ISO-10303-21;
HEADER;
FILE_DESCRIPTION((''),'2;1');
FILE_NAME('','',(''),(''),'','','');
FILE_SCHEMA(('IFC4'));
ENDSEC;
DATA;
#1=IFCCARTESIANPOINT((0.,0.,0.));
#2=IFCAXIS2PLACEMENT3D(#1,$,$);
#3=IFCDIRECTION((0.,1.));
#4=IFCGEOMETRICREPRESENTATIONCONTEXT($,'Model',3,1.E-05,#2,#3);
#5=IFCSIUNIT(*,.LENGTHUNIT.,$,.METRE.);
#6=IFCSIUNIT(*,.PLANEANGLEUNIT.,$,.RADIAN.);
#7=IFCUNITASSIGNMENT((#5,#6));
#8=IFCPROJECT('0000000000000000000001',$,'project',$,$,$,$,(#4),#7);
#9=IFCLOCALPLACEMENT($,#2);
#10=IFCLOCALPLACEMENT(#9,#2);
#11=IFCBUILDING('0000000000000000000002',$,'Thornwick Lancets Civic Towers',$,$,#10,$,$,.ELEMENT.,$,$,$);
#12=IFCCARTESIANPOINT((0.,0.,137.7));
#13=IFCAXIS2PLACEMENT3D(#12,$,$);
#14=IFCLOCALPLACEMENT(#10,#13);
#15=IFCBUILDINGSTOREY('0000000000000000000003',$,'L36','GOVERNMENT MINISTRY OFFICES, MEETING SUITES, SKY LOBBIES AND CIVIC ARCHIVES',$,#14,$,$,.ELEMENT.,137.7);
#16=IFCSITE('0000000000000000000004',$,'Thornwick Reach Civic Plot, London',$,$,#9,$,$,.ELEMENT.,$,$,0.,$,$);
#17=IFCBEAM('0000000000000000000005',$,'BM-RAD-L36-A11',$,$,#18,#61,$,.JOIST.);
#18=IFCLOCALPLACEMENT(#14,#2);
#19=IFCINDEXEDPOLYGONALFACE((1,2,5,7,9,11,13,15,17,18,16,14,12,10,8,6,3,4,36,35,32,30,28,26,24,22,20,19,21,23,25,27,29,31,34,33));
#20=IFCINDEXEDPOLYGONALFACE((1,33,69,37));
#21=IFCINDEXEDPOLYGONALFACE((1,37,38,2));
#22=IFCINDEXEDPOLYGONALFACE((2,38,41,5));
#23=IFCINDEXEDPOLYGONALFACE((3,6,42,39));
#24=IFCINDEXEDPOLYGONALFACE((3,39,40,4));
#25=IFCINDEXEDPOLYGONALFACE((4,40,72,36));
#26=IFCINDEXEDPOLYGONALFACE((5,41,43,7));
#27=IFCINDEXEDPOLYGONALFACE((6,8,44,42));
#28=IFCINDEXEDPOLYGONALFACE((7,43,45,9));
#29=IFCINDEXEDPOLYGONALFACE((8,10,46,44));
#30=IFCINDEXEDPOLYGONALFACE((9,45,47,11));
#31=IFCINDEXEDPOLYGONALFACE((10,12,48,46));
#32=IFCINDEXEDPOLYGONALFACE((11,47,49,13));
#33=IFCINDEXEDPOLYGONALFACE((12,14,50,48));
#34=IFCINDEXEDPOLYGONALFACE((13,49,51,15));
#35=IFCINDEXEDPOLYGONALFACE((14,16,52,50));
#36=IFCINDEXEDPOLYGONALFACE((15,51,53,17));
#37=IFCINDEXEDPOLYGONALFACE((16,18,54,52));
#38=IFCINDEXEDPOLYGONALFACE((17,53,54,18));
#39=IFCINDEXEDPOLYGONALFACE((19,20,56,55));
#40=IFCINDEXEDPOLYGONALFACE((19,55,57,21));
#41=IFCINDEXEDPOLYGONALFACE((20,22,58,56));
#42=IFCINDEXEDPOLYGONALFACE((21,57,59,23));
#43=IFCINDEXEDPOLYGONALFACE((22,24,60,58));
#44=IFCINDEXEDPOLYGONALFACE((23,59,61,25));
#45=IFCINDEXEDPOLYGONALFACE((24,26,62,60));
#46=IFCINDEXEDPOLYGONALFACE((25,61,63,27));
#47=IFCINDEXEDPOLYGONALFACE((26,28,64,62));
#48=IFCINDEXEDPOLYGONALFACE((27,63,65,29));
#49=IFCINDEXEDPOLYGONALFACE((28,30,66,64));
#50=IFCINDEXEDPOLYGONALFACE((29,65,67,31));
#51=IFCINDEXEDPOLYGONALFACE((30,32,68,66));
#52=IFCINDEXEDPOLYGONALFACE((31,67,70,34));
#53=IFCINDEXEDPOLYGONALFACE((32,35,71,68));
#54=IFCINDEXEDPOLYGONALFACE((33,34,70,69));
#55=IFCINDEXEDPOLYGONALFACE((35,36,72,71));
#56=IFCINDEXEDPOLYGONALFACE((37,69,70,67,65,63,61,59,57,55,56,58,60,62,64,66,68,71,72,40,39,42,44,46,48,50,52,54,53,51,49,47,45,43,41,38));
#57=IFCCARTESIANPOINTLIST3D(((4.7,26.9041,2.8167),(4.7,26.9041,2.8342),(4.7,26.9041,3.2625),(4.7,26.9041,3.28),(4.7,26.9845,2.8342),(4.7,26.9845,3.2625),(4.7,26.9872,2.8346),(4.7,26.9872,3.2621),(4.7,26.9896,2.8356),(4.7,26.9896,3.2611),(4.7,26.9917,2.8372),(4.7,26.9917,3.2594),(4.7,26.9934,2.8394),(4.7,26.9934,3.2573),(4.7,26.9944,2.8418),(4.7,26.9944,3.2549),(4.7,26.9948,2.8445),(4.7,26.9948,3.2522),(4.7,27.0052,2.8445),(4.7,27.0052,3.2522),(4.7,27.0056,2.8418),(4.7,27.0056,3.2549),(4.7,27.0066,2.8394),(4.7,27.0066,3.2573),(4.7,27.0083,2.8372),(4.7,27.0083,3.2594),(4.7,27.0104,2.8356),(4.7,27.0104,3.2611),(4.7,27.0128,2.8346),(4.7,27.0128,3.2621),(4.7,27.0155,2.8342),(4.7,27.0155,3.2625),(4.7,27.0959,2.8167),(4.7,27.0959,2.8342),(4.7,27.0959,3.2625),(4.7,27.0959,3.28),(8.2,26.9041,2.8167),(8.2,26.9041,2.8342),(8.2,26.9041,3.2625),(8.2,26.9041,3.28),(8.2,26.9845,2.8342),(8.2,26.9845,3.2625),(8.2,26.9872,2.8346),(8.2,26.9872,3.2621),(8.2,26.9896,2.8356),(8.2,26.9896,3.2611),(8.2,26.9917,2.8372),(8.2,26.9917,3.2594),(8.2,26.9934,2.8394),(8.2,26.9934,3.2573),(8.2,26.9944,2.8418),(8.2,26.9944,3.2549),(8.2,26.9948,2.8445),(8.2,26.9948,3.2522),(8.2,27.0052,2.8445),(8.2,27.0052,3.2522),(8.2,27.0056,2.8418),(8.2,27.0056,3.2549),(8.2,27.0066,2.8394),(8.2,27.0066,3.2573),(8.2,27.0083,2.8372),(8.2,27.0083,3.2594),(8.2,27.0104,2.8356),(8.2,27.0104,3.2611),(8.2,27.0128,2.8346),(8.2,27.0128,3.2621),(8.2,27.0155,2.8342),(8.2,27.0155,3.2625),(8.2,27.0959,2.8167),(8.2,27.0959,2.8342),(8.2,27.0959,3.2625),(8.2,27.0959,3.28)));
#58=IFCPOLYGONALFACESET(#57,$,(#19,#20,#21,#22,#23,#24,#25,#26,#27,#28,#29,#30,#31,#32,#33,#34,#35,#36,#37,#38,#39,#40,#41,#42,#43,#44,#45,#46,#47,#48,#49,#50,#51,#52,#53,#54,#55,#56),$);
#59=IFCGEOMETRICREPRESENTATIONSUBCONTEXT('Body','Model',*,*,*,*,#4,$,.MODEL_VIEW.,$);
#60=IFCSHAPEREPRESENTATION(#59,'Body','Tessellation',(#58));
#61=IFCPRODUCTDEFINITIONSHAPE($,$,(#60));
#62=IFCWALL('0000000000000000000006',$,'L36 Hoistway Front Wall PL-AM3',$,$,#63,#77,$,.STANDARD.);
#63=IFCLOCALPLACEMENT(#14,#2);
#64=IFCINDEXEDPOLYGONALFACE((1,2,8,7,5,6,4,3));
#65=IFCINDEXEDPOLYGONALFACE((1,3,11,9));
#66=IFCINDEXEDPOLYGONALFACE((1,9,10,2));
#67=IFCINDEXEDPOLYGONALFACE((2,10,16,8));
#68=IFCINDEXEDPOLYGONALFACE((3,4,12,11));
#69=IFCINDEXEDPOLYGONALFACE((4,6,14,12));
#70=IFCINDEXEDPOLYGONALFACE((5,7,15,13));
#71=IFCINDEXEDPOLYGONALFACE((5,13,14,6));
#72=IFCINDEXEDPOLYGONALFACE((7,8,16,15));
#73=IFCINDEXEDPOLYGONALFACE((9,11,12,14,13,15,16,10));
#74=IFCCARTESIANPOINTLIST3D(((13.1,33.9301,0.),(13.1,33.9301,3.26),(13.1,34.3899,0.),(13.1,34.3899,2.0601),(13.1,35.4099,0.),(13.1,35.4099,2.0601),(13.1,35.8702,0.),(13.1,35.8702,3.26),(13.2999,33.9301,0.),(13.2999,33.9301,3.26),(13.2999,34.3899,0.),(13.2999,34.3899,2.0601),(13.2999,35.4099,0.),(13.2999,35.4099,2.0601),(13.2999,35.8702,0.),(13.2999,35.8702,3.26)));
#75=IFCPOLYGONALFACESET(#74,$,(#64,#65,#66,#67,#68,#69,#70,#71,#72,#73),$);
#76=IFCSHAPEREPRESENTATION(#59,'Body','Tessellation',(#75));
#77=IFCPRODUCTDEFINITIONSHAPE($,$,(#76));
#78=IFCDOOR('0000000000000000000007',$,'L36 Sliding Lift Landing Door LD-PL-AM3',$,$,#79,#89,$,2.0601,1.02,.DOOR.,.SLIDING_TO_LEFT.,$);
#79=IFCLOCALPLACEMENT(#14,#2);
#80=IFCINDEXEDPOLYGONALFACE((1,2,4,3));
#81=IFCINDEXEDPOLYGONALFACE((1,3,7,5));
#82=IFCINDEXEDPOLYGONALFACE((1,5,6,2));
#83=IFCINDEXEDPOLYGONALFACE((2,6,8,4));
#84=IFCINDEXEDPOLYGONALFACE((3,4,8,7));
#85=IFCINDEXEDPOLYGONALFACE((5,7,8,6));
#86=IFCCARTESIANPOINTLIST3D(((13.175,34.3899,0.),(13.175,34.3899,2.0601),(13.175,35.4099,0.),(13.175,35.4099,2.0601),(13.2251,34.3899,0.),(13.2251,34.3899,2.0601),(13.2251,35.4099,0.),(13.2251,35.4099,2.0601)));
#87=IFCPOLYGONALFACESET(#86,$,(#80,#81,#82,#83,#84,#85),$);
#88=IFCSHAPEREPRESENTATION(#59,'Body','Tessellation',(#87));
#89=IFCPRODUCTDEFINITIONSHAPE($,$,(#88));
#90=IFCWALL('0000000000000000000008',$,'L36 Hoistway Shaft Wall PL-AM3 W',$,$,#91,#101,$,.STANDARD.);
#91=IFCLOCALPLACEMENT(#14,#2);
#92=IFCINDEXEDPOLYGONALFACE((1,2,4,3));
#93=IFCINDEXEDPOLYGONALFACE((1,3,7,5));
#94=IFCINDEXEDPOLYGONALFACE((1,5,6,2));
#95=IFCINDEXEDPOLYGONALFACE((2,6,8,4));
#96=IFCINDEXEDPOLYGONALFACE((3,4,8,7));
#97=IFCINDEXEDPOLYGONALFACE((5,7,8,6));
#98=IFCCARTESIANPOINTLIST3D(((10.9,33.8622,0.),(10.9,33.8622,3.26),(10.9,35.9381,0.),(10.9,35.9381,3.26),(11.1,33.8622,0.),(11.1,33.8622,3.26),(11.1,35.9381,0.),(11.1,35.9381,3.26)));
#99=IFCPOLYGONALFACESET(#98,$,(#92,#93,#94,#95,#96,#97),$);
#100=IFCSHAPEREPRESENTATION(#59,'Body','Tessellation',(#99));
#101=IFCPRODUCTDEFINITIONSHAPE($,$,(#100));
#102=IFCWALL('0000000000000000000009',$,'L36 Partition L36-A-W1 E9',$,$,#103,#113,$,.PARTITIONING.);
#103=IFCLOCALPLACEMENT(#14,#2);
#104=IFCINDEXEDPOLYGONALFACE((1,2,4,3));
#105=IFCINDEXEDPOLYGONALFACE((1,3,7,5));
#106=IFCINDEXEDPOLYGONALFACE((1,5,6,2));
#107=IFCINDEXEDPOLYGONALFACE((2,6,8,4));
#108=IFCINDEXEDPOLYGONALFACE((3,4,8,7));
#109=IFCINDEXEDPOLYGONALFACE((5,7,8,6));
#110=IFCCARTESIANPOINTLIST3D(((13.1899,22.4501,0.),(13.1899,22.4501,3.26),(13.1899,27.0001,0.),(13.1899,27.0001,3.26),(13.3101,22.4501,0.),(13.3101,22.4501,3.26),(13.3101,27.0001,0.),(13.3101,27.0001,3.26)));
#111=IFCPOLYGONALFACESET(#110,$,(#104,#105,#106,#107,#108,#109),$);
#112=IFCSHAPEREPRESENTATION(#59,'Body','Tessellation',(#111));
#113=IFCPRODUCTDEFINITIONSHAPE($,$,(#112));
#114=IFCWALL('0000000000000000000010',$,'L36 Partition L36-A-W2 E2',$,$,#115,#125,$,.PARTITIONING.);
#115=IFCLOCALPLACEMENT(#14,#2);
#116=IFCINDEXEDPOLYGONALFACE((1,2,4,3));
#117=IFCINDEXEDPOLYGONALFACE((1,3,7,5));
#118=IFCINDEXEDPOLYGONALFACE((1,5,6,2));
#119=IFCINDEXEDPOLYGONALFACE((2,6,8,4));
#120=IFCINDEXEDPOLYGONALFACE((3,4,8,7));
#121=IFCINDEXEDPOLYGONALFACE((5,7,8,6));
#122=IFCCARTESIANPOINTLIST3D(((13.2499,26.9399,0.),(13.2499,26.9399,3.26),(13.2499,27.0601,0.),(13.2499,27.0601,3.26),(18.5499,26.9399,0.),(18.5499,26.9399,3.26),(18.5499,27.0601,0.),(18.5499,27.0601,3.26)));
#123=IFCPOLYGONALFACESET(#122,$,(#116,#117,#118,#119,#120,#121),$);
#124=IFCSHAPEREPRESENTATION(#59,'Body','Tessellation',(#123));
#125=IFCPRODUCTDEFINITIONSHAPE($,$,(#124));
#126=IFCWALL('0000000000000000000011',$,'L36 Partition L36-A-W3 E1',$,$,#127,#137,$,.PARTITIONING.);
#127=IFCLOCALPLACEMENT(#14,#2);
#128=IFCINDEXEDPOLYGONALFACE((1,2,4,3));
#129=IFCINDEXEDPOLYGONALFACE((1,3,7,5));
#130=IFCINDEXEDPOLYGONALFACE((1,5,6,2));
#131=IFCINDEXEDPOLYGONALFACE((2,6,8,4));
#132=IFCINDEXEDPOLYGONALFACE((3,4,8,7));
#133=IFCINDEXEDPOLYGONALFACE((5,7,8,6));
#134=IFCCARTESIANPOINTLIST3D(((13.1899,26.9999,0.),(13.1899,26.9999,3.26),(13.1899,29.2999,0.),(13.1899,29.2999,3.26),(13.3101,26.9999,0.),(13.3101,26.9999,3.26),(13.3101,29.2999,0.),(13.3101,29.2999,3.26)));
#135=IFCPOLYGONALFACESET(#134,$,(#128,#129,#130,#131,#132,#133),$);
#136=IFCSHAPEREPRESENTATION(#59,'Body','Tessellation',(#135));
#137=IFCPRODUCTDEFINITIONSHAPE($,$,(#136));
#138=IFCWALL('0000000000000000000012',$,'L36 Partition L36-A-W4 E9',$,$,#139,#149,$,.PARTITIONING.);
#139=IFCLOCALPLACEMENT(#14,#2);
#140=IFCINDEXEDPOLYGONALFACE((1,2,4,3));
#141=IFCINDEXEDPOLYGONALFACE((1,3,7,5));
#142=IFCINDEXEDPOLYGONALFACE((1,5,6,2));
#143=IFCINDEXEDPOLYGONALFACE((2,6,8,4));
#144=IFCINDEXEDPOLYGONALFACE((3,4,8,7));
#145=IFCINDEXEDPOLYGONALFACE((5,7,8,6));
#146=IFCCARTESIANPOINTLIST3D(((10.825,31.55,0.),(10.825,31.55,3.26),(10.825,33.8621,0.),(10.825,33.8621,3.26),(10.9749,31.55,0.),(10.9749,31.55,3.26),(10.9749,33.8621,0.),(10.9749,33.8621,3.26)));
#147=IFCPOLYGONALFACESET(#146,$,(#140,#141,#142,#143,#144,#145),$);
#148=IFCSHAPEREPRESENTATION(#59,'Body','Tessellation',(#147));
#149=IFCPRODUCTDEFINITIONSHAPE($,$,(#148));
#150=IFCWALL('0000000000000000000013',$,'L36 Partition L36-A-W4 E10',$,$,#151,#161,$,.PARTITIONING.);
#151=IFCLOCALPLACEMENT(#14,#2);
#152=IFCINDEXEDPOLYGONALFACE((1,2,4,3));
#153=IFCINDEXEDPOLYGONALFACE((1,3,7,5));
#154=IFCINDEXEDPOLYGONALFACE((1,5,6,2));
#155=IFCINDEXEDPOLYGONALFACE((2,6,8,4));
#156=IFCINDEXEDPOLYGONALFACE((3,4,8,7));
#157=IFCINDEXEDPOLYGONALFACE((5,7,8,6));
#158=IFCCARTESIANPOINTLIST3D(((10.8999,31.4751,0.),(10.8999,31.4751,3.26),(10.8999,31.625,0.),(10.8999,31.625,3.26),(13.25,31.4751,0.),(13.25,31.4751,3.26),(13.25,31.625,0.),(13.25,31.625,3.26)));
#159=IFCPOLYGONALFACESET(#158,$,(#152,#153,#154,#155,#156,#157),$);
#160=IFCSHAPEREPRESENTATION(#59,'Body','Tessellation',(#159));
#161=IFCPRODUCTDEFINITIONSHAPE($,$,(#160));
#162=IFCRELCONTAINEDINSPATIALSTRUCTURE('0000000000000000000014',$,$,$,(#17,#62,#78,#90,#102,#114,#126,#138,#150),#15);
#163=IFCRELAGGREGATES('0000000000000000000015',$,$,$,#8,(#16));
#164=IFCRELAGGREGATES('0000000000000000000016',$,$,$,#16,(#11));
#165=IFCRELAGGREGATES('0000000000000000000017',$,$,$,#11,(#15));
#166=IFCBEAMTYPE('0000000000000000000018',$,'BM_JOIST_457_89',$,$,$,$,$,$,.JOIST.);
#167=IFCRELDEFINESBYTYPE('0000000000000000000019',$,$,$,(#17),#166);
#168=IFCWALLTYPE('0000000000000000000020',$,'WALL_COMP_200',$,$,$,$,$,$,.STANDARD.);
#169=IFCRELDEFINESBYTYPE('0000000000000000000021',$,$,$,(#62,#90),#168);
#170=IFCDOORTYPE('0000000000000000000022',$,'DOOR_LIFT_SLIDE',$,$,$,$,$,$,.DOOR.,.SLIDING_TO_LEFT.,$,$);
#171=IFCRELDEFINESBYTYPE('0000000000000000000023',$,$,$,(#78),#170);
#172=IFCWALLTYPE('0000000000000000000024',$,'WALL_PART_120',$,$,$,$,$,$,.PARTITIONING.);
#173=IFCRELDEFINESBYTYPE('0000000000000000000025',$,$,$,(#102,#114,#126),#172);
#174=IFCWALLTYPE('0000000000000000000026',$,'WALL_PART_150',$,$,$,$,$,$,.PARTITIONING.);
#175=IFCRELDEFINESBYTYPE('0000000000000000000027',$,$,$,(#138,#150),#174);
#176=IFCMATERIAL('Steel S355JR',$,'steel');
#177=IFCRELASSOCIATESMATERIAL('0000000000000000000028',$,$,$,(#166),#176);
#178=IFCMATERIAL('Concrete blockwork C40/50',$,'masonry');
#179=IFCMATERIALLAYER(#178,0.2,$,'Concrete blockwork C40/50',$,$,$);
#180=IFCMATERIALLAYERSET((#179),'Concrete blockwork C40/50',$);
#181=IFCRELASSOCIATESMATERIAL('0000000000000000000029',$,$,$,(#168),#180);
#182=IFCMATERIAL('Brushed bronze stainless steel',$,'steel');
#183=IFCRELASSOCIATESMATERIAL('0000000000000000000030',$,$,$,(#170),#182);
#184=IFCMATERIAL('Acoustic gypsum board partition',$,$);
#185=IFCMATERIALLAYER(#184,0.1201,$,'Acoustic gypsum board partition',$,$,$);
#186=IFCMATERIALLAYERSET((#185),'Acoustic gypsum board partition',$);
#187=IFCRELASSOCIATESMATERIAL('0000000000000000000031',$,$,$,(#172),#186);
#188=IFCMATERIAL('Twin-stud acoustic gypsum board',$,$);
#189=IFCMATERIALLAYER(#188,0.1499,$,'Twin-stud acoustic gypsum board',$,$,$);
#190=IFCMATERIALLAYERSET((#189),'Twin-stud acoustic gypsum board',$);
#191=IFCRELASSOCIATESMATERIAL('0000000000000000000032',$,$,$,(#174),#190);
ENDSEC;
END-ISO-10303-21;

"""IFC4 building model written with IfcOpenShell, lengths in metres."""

from ifc_helpers import new_model, si_unit, direction, frame, frame_2d, origin, origin_2d, place, context, subcontext, project, spatial, rectangle, i_section, extrude, material, layer, layer_set, material_profile, profile_set, type_object, element, fill, save


model = new_model("IFC4")

# Units and contexts
model_context = context("Model", 3, precision=1e-05, world=origin(), true_north=direction((0.0, 1.0)))
body_context = subcontext(model_context, "Body", "Model", "MODEL_VIEW")
ifc_project = project(units=[si_unit("LENGTHUNIT", "METRE"), si_unit("PLANEANGLEUNIT", "RADIAN")], contexts=[model_context])

# Site, building, storey
site_placement = place(None, origin())
site = spatial("IfcSite", under=ifc_project, at=site_placement, Name="Thornwick Reach Civic Plot, London", CompositionType="ELEMENT", RefElevation=0.0)
building_placement = place(site_placement, origin())
building = spatial("IfcBuilding", under=site, at=building_placement, Name="Thornwick Lancets Civic Towers", CompositionType="ELEMENT")
storey_placement = place(building_placement, frame((0.0, 0.0, 137.7)))
storey = spatial("IfcBuildingStorey", under=building, at=storey_placement, Name="L36", Description="GOVERNMENT MINISTRY OFFICES, MEETING SUITES, SKY LOBBIES AND CIVIC ARCHIVES", CompositionType="ELEMENT", Elevation=137.7)

# Beam
ifc_material_1 = material(Name="Steel S355JR", Category="steel")
ifc_material_profile_1 = material_profile(ifc_material_1, i_section(OverallWidth=0.1919, OverallDepth=0.4634, WebThickness=0.0105, FlangeThickness=0.0176, FilletRadius=0.0103, at=origin_2d()), Name="UKB 457x191x89")
ifc_profile_set_1 = profile_set([ifc_material_profile_1], Name="Steel S355JR")
beam_type_1 = type_object("IfcBeamType", Name="BM_JOIST_457_89", PredefinedType="JOIST", material=ifc_profile_set_1)
beam_1_placement = place(storey_placement, frame((8.2, 27.0, 3.0483), z_axis=(-1.0, 0.0, 0.0), x_axis=(0.0, -1.0, 0.0)))
element("IfcBeam", 1, at=beam_1_placement, inside=storey, type_object=beam_type_1, Name="BM-RAD-L36-A11", PredefinedType="JOIST", context=body_context, shape_type="SweptSolid", body=[
    extrude(i_section(OverallWidth=0.1919, OverallDepth=0.4634, WebThickness=0.0105, FlangeThickness=0.0176, FilletRadius=0.0103, at=origin_2d()), origin(), (0.0, 0.0, 1.0), 3.5),
])

# Wall, opening, door
ifc_material_2 = material(Name="Concrete blockwork C40/50", Category="masonry")
ifc_layer_1 = layer(ifc_material_2, 0.2, Name="Concrete blockwork C40/50")
ifc_layer_set_1 = layer_set([ifc_layer_1], Name="Concrete blockwork C40/50")
wall_type_1 = type_object("IfcWallType", Name="WALL_COMP_200", PredefinedType="STANDARD", material=ifc_layer_set_1)
wall_1_placement = place(storey_placement, frame((13.2, 33.9299, 0.0), z_axis=(0.0, 0.0, 1.0), x_axis=(0.0, 1.0, 0.0)))
wall_1 = element("IfcWall", 2, at=wall_1_placement, inside=storey, type_object=wall_type_1, Name="L36 Hoistway Front Wall PL-AM3", PredefinedType="STANDARD", context=body_context, shape_type="SweptSolid", body=[
    extrude(rectangle(XDim=1.9402, YDim=0.2, at=frame_2d((0.9702, 0.0))), origin(), (0.0, 0.0, 1.0), 3.26),
])
opening_placement = place(wall_1_placement, frame((0.46, 0.0, 0.0)))
opening = element("IfcOpeningElement", 3, at=opening_placement, cuts=wall_1, PredefinedType="OPENING", context=body_context, shape_type="SweptSolid", body=[
    extrude(rectangle(XDim=1.02, YDim=2.0601, at=frame_2d((0.51, 1.03))), frame((0.0, 0.1099, 0.0), z_axis=(0.0, -1.0, 0.0), x_axis=(1.0, 0.0, 0.0)), (0.0, 0.0, 1.0), 0.22),
])
ifc_material_3 = material(Name="Brushed bronze stainless steel", Category="steel")
door_type = type_object("IfcDoorType", Name="DOOR_LIFT_SLIDE", OperationType="SLIDING_TO_LEFT", PredefinedType="DOOR", material=ifc_material_3)
door_placement = place(opening_placement, origin())
door = element("IfcDoor", 4, at=door_placement, inside=storey, type_object=door_type, Name="L36 Sliding Lift Landing Door LD-PL-AM3", OperationType="SLIDING_TO_LEFT", OverallHeight=2.0601, OverallWidth=1.02, PredefinedType="DOOR", context=body_context, shape_type="SweptSolid", body=[
    extrude(rectangle(XDim=1.02, YDim=2.0601, at=frame_2d((0.51, 1.03))), frame((0.0, 0.0249, 0.0), z_axis=(0.0, -1.0, 0.0), x_axis=(1.0, 0.0, 0.0)), (0.0, 0.0, 1.0), 0.05),
])
fill(opening, door)

# Walls
wall_2_placement = place(storey_placement, frame((11.0, 33.8621, 0.0), z_axis=(0.0, 0.0, 1.0), x_axis=(0.0, 1.0, 0.0)))
element("IfcWall", 5, at=wall_2_placement, inside=storey, type_object=wall_type_1, Name="L36 Hoistway Shaft Wall PL-AM3 W", PredefinedType="STANDARD", context=body_context, shape_type="SweptSolid", body=[
    extrude(rectangle(XDim=2.0759, YDim=0.2, at=frame_2d((1.0381, 0.0))), origin(), (0.0, 0.0, 1.0), 3.26),
])
ifc_material_4 = material(Name="Acoustic gypsum board partition")
ifc_layer_2 = layer(ifc_material_4, 0.1201, Name="Acoustic gypsum board partition")
ifc_layer_set_2 = layer_set([ifc_layer_2], Name="Acoustic gypsum board partition")
wall_type_2 = type_object("IfcWallType", Name="WALL_PART_120", PredefinedType="PARTITIONING", material=ifc_layer_set_2)
wall_3_placement = place(storey_placement, frame((13.25, 27.0, 0.0), z_axis=(0.0, 0.0, 1.0), x_axis=(0.0, -1.0, 0.0)))
element("IfcWall", 6, at=wall_3_placement, inside=storey, type_object=wall_type_2, Name="L36 Partition L36-A-W1 E9", PredefinedType="PARTITIONING", context=body_context, shape_type="SweptSolid", body=[
    extrude(rectangle(XDim=4.55, YDim=0.1201, at=frame_2d((2.2749, 0.0))), origin(), (0.0, 0.0, 1.0), 3.26),
])
wall_4_placement = place(storey_placement, frame((13.25, 27.0, 0.0), z_axis=(0.0, 0.0, 1.0), x_axis=(1.0, 0.0, 0.0)))
element("IfcWall", 7, at=wall_4_placement, inside=storey, type_object=wall_type_2, Name="L36 Partition L36-A-W2 E2", PredefinedType="PARTITIONING", context=body_context, shape_type="SweptSolid", body=[
    extrude(rectangle(XDim=5.3, YDim=0.1201, at=frame_2d((2.6499, 0.0))), origin(), (0.0, 0.0, 1.0), 3.26),
])
wall_5_placement = place(storey_placement, frame((13.25, 27.0, 0.0), z_axis=(0.0, 0.0, 1.0), x_axis=(0.0, 1.0, 0.0)))
element("IfcWall", 8, at=wall_5_placement, inside=storey, type_object=wall_type_2, Name="L36 Partition L36-A-W3 E1", PredefinedType="PARTITIONING", context=body_context, shape_type="SweptSolid", body=[
    extrude(rectangle(XDim=2.3, YDim=0.1201, at=frame_2d((1.1499, 0.0))), origin(), (0.0, 0.0, 1.0), 3.26),
])
ifc_material_5 = material(Name="Twin-stud acoustic gypsum board")
ifc_layer_3 = layer(ifc_material_5, 0.1499, Name="Twin-stud acoustic gypsum board")
ifc_layer_set_3 = layer_set([ifc_layer_3], Name="Twin-stud acoustic gypsum board")
wall_type_3 = type_object("IfcWallType", Name="WALL_PART_150", PredefinedType="PARTITIONING", material=ifc_layer_set_3)
wall_6_placement = place(storey_placement, frame((10.8999, 33.8621, 0.0), z_axis=(0.0, 0.0, 1.0), x_axis=(0.0, -1.0, 0.0)))
element("IfcWall", 9, at=wall_6_placement, inside=storey, type_object=wall_type_3, Name="L36 Partition L36-A-W4 E9", PredefinedType="PARTITIONING", context=body_context, shape_type="SweptSolid", body=[
    extrude(rectangle(XDim=2.312, YDim=0.1499, at=frame_2d((1.156, 0.0))), origin(), (0.0, 0.0, 1.0), 3.26),
])
wall_7_placement = place(storey_placement, frame((10.8999, 31.55, 0.0), z_axis=(0.0, 0.0, 1.0), x_axis=(1.0, 0.0, 0.0)))
element("IfcWall", 10, at=wall_7_placement, inside=storey, type_object=wall_type_3, Name="L36 Partition L36-A-W4 E10", PredefinedType="PARTITIONING", context=body_context, shape_type="SweptSolid", body=[
    extrude(rectangle(XDim=2.3501, YDim=0.1499, at=frame_2d((1.175, 0.0))), origin(), (0.0, 0.0, 1.0), 3.26),
])

save(model, "model.ifc")
